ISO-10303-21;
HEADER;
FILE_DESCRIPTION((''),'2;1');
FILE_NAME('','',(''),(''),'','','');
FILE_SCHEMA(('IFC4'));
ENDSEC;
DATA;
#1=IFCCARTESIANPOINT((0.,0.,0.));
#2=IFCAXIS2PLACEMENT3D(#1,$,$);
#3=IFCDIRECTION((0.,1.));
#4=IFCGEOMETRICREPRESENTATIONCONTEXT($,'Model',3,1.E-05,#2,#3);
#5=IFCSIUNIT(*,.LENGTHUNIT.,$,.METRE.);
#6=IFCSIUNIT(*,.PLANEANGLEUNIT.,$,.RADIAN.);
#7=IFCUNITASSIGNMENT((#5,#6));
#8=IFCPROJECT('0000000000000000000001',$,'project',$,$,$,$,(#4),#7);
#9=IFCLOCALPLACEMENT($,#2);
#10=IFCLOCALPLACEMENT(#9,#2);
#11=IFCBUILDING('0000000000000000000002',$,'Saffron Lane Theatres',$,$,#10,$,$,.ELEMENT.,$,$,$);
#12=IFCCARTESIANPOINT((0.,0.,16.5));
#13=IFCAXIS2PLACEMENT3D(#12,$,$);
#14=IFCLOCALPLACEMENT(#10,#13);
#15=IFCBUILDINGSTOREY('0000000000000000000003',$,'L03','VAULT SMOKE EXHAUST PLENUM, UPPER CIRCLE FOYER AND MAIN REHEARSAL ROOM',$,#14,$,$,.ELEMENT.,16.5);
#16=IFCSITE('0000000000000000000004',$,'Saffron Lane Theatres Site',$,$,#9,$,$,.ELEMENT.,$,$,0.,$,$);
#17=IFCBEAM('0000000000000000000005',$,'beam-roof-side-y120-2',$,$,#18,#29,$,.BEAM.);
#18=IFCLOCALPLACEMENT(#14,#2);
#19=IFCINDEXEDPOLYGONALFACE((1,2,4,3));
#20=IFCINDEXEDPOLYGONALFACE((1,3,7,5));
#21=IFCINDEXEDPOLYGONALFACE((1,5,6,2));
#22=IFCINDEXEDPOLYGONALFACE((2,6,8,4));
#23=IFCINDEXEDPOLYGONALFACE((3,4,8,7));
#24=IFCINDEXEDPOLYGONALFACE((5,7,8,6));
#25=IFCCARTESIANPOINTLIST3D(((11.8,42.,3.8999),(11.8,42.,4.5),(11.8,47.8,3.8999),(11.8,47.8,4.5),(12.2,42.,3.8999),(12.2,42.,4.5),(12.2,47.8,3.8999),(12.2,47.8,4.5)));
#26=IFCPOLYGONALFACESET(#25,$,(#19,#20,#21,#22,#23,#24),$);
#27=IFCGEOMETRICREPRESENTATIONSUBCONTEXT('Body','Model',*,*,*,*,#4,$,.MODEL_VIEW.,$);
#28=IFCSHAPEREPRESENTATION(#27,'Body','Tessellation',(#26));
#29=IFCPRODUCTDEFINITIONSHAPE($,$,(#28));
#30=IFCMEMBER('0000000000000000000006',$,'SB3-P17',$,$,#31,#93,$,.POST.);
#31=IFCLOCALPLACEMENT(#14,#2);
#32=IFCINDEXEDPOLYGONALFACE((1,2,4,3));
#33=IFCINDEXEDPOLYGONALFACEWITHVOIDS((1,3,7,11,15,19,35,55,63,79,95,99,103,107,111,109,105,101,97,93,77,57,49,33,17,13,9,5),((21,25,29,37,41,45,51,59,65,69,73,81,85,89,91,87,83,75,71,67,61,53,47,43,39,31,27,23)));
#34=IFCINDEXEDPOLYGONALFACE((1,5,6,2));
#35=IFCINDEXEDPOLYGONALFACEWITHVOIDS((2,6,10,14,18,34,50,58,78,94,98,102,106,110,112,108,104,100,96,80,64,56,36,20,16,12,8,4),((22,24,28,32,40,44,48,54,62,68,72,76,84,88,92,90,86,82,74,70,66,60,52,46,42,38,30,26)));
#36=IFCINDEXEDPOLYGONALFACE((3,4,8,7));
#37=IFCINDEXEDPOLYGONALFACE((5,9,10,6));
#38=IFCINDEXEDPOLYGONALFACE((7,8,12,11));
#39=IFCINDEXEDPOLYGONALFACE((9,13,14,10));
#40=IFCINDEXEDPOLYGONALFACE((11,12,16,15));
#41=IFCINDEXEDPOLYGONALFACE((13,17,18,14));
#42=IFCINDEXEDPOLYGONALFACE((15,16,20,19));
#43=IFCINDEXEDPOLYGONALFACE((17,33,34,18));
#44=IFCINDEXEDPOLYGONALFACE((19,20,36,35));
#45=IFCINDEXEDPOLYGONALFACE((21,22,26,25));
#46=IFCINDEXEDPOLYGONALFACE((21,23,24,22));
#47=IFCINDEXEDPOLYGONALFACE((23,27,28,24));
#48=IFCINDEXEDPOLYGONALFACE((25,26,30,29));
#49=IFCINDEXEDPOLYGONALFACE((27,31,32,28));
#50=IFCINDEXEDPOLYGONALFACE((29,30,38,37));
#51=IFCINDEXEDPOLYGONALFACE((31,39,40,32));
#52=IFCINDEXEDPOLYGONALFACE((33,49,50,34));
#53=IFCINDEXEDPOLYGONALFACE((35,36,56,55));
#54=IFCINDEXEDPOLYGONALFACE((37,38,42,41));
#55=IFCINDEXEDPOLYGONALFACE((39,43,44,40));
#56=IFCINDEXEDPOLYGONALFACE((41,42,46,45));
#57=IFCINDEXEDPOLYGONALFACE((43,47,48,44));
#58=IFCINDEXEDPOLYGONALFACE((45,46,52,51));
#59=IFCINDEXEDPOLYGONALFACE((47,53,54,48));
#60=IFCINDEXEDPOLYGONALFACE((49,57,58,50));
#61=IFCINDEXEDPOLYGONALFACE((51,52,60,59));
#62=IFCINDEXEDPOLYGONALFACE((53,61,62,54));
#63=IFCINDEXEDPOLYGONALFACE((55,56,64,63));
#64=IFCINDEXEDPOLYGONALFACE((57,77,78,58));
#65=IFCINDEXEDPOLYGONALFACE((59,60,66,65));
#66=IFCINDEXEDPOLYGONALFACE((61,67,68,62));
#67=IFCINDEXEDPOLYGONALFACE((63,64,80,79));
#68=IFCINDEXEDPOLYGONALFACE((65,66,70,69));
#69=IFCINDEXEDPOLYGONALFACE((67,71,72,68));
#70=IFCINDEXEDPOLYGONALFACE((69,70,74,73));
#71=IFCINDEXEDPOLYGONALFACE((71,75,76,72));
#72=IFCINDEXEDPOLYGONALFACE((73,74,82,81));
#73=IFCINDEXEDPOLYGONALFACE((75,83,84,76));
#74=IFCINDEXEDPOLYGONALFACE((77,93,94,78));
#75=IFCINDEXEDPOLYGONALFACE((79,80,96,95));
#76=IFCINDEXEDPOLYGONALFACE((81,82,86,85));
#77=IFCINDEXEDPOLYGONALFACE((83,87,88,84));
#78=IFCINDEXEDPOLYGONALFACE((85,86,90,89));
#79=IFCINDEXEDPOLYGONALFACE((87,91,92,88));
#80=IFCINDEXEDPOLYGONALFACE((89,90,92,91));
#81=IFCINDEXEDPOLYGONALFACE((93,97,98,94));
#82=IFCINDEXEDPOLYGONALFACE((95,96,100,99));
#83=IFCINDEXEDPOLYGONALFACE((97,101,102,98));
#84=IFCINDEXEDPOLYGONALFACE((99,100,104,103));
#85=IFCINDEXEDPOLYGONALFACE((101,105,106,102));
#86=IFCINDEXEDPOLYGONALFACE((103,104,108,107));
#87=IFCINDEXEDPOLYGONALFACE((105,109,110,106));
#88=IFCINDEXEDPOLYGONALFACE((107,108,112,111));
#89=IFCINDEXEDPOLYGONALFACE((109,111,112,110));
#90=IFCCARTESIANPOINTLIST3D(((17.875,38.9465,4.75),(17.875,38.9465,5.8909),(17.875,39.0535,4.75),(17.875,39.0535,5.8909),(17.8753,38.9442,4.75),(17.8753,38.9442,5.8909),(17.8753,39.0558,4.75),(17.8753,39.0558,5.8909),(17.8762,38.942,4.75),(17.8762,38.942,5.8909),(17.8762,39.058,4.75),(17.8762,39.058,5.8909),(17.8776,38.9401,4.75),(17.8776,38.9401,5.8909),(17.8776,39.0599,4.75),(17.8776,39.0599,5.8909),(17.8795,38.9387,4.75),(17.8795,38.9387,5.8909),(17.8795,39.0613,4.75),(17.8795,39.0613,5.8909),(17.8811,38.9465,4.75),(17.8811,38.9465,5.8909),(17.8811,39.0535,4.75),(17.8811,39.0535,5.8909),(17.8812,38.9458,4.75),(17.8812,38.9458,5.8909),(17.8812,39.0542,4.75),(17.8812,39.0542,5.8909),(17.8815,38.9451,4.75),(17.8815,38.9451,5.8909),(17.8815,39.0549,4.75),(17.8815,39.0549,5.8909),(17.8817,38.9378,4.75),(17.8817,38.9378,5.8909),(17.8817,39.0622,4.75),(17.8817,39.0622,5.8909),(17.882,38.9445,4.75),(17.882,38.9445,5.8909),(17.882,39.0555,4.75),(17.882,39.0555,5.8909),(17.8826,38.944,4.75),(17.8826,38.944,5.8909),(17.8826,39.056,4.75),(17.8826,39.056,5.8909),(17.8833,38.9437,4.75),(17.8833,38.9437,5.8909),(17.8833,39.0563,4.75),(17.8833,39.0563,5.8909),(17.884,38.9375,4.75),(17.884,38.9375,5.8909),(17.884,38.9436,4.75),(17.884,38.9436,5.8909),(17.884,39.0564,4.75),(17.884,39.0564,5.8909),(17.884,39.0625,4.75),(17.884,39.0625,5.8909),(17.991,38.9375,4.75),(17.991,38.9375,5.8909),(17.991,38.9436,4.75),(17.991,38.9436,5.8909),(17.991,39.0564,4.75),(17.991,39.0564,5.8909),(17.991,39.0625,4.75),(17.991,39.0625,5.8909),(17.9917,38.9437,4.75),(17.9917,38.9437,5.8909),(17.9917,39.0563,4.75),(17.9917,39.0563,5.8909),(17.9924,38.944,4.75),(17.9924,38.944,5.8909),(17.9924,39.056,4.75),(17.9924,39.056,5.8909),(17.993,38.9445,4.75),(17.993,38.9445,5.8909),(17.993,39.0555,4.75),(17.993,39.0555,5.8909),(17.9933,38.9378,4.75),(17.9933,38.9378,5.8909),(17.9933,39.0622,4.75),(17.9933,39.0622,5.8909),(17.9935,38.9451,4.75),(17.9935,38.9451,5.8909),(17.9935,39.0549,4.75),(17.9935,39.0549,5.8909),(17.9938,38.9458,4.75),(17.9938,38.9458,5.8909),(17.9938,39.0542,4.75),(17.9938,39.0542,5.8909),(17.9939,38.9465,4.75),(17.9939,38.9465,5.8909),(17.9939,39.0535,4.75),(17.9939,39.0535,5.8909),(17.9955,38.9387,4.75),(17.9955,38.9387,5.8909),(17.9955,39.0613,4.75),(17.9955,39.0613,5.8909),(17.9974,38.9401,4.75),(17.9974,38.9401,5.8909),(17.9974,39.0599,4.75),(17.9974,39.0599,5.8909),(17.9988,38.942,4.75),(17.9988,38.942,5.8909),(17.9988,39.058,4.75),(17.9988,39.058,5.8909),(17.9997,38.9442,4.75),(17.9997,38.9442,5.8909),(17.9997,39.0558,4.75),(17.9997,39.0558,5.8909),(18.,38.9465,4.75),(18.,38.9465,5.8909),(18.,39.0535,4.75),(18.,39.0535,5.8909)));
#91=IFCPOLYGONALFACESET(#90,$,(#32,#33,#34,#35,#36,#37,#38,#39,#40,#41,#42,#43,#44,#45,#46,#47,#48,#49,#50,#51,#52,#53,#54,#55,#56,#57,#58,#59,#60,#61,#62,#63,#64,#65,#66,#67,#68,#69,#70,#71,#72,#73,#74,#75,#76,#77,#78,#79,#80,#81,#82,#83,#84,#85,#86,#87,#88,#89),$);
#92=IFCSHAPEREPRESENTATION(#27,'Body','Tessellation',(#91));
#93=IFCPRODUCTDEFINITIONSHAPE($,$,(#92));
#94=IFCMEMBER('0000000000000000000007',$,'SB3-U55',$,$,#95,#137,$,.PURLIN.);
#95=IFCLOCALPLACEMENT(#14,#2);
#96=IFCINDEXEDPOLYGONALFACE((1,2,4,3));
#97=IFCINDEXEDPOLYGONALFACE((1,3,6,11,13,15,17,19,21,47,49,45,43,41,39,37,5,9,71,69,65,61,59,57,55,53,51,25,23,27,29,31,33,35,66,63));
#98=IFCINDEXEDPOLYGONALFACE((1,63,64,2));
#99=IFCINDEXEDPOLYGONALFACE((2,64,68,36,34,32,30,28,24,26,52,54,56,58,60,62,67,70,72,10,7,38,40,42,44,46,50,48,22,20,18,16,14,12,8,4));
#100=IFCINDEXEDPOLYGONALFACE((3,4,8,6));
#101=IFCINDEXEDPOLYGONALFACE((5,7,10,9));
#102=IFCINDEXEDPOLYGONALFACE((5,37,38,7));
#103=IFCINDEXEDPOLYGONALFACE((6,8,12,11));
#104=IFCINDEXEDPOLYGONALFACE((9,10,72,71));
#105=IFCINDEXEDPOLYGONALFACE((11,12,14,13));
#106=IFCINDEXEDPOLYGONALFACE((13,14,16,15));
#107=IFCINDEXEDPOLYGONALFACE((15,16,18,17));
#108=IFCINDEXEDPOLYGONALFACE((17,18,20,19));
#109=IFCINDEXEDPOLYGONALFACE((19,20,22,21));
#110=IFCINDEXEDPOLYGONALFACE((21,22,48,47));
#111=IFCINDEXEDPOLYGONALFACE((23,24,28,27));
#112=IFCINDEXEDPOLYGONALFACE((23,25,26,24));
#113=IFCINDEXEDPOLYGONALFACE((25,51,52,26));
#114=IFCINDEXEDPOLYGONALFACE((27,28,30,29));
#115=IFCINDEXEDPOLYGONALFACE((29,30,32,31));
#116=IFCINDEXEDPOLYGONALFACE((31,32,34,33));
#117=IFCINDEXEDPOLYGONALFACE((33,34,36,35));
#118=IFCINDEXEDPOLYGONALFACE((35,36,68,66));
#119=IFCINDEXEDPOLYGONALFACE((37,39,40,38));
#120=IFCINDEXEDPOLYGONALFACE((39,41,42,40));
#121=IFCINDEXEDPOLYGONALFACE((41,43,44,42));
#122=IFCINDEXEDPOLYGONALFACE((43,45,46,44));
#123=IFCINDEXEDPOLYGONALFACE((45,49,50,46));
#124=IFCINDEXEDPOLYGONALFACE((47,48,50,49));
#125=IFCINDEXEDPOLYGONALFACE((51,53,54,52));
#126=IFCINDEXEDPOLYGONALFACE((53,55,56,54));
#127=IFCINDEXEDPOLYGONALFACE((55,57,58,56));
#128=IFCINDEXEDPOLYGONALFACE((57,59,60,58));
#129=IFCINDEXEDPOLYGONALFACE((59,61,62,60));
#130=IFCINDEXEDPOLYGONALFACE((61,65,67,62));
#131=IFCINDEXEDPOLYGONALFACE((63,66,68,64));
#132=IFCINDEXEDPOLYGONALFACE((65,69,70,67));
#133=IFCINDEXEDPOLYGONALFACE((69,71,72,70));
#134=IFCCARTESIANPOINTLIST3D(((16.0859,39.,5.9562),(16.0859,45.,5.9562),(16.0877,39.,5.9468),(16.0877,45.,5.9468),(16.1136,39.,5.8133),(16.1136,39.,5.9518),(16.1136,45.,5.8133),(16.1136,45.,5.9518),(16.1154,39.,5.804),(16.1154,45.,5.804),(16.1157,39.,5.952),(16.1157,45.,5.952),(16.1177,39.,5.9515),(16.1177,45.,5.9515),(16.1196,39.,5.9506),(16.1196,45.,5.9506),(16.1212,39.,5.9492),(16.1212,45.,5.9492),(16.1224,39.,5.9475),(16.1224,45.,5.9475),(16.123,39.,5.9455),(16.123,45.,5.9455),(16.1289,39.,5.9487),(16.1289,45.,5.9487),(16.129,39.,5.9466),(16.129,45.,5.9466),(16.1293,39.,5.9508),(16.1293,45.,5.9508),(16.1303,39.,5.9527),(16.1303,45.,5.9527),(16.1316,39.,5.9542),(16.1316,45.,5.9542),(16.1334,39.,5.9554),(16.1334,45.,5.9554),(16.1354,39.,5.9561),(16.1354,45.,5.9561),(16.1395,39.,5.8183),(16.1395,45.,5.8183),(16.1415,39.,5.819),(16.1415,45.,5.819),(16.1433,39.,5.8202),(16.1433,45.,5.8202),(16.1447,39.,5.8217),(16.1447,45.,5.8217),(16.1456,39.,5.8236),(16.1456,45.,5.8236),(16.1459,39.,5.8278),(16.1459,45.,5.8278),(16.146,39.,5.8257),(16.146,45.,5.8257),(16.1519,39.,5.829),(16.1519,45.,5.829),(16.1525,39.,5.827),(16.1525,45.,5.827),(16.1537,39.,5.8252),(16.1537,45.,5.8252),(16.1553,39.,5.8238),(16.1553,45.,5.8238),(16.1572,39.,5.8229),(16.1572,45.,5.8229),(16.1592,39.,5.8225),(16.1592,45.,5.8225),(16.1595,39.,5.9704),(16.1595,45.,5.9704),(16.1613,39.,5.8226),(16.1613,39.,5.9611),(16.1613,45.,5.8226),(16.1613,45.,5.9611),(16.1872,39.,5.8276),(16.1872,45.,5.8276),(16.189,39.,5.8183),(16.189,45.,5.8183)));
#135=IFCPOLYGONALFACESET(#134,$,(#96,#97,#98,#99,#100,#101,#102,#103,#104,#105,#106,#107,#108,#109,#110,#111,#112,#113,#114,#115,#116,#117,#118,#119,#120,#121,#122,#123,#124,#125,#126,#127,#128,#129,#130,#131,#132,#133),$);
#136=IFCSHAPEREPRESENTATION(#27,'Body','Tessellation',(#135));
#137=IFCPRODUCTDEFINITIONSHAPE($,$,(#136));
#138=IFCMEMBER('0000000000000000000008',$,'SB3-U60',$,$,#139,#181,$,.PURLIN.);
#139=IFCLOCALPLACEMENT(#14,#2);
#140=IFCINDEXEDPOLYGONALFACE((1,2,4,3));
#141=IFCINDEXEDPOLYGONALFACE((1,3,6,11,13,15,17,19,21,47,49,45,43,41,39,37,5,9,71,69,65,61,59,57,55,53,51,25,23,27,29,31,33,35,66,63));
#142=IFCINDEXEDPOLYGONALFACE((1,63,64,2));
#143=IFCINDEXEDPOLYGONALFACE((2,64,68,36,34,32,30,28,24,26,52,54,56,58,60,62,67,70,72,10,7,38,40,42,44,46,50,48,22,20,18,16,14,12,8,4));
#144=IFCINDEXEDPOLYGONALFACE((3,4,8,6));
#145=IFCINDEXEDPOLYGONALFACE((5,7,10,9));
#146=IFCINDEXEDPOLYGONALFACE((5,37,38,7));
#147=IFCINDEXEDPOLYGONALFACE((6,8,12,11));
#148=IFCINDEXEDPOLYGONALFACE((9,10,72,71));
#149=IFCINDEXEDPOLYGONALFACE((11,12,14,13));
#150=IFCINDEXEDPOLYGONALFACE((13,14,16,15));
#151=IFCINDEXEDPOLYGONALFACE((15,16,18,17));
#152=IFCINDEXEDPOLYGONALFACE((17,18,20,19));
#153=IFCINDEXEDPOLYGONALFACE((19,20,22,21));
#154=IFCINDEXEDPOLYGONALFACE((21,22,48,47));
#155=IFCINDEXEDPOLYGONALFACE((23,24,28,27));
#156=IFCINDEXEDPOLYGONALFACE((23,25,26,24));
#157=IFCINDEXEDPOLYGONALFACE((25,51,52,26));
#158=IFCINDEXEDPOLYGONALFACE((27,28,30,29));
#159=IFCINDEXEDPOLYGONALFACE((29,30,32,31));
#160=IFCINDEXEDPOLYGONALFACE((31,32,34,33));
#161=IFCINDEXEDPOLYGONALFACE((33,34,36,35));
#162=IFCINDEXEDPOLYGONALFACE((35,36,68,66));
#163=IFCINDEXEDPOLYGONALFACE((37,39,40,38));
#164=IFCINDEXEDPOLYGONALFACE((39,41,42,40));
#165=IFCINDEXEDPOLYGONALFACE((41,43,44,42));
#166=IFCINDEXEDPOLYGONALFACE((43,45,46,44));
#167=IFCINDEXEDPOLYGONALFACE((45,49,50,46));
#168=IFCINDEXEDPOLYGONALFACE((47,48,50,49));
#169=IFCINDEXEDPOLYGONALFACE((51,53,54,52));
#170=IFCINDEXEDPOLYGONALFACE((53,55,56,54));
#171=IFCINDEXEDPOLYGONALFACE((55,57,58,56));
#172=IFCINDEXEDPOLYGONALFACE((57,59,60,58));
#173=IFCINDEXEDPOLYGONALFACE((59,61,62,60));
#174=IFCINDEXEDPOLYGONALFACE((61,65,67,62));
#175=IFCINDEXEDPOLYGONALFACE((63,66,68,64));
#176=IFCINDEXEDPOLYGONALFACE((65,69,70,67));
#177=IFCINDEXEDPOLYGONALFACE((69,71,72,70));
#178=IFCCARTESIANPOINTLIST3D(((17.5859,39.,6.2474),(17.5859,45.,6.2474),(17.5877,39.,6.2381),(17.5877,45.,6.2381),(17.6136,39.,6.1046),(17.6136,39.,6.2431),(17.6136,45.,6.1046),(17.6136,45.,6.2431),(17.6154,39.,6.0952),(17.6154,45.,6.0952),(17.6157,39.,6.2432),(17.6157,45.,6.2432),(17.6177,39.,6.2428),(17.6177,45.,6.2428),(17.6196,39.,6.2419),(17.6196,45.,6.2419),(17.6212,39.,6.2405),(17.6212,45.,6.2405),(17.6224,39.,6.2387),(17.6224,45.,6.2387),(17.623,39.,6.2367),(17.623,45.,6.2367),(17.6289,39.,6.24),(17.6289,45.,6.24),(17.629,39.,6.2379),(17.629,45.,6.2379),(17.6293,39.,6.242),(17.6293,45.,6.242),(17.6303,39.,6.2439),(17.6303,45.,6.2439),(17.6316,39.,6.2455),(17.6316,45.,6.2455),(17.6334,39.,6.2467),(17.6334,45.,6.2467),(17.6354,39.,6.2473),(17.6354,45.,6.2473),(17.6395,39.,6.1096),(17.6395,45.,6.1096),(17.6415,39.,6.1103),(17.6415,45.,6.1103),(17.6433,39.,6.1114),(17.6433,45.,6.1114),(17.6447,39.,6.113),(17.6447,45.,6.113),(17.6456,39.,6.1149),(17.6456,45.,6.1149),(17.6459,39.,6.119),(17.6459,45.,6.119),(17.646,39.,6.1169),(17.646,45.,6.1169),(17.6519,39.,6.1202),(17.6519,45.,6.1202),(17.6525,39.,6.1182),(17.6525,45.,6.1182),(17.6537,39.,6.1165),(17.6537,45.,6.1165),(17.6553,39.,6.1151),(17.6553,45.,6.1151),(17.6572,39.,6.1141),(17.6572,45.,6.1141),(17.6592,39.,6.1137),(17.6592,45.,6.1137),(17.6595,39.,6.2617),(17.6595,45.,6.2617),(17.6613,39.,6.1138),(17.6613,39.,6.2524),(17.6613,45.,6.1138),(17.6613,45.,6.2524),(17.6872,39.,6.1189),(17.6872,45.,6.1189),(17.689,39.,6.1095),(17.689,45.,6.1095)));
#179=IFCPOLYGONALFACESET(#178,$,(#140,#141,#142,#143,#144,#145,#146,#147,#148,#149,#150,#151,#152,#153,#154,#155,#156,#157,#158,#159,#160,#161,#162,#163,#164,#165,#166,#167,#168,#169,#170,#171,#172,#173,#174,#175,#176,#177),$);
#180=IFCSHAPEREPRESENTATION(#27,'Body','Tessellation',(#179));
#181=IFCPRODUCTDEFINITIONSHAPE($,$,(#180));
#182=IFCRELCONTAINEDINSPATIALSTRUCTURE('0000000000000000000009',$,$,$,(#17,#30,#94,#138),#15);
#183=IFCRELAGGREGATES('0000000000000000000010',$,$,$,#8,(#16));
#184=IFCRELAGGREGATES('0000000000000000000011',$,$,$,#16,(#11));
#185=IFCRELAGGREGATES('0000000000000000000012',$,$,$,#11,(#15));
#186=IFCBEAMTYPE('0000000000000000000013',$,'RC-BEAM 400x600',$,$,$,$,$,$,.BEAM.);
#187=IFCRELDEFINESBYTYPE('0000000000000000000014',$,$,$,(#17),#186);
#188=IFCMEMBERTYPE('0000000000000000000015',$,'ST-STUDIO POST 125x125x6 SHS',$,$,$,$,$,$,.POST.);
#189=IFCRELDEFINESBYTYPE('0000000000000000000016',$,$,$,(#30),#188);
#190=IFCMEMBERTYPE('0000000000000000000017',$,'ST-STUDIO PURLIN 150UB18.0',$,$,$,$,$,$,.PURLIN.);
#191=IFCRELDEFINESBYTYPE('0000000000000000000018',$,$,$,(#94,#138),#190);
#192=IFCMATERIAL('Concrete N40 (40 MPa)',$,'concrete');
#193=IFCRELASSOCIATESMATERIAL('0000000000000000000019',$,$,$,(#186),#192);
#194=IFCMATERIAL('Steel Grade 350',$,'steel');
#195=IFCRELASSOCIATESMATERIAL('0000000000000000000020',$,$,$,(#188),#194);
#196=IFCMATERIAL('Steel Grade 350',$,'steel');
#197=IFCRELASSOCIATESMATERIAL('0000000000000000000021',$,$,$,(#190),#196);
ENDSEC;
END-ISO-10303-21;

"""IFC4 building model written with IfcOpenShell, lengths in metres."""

from ifc_helpers import new_model, si_unit, direction, frame, origin, origin_2d, place, context, subcontext, project, spatial, rectangle, hollow_rectangle, i_section, extrude, material, material_profile, profile_set, type_object, element, save


model = new_model("IFC4")

# Units and contexts
model_context = context("Model", 3, precision=1e-05, world=origin(), true_north=direction((0.0, 1.0)))
body_context = subcontext(model_context, "Body", "Model", "MODEL_VIEW")
ifc_project = project(units=[si_unit("LENGTHUNIT", "METRE"), si_unit("PLANEANGLEUNIT", "RADIAN")], contexts=[model_context])

# Site, building, storey
site_placement = place(None, origin())
site = spatial("IfcSite", under=ifc_project, at=site_placement, Name="Saffron Lane Theatres Site", CompositionType="ELEMENT", RefElevation=0.0)
building_placement = place(site_placement, origin())
building = spatial("IfcBuilding", under=site, at=building_placement, Name="Saffron Lane Theatres", CompositionType="ELEMENT")
storey_placement = place(building_placement, frame((0.0, 0.0, 16.5)))
storey = spatial("IfcBuildingStorey", under=building, at=storey_placement, Name="L03", Description="VAULT SMOKE EXHAUST PLENUM, UPPER CIRCLE FOYER AND MAIN REHEARSAL ROOM", CompositionType="ELEMENT", Elevation=16.5)

# Beam
ifc_material_1 = material(Name="Concrete N40 (40 MPa)", Category="concrete")
ifc_material_profile_1 = material_profile(ifc_material_1, rectangle(XDim=0.3999, YDim=0.6001, at=origin_2d()))
ifc_profile_set_1 = profile_set([ifc_material_profile_1], Name="Concrete N40 (40 MPa)")
beam_type = type_object("IfcBeamType", Name="RC-BEAM 400x600", PredefinedType="BEAM", material=ifc_profile_set_1)
beam_placement = place(storey_placement, frame((12.0, 42.0, 4.2), z_axis=(0.0, 1.0, 0.0), x_axis=(-1.0, 0.0, 0.0)))
element("IfcBeam", 1, at=beam_placement, inside=storey, type_object=beam_type, Name="beam-roof-side-y120-2", PredefinedType="BEAM", context=body_context, shape_type="SweptSolid", body=[
    extrude(rectangle(XDim=0.3999, YDim=0.6001, at=origin_2d()), origin(), (0.0, 0.0, 1.0), 5.8),
])

# Members
ifc_material_2 = material(Name="Steel Grade 350", Category="steel")
ifc_material_profile_2 = material_profile(ifc_material_2, hollow_rectangle(XDim=0.125, YDim=0.125, WallThickness=0.0061, InnerFilletRadius=0.0029, OuterFilletRadius=0.009, at=origin_2d()))
ifc_profile_set_2 = profile_set([ifc_material_profile_2], Name="Steel Grade 350")
member_type_1 = type_object("IfcMemberType", Name="ST-STUDIO POST 125x125x6 SHS", PredefinedType="POST", material=ifc_profile_set_2)
member_1_placement = place(storey_placement, frame((17.9375, 39.0, 4.75), z_axis=(0.0, 0.0, 1.0), x_axis=(1.0, 0.0, 0.0)))
element("IfcMember", 2, at=member_1_placement, inside=storey, type_object=member_type_1, Name="SB3-P17", PredefinedType="POST", context=body_context, shape_type="SweptSolid", body=[
    extrude(hollow_rectangle(XDim=0.125, YDim=0.125, WallThickness=0.0061, InnerFilletRadius=0.0029, OuterFilletRadius=0.009, at=origin_2d()), origin(), (0.0, 0.0, 1.0), 1.1409),
])
ifc_material_3 = material(Name="Steel Grade 350", Category="steel")
ifc_material_profile_3 = material_profile(ifc_material_3, i_section(OverallWidth=0.075, OverallDepth=0.155, WebThickness=0.0061, FlangeThickness=0.0095, FilletRadius=0.0081, at=origin_2d()))
ifc_profile_set_3 = profile_set([ifc_material_profile_3], Name="Steel Grade 350")
member_type_2 = type_object("IfcMemberType", Name="ST-STUDIO PURLIN 150UB18.0", PredefinedType="PURLIN", material=ifc_profile_set_3)
for number, where, z_axis, x_axis, name in (
    (3, (16.1375, 39.0, 5.8872), (0.0, 1.0, 0.0), (-0.981661, 0.0, -0.190637), "SB3-U55"),
    (4, (17.6375, 39.0, 6.1785), (0.0, 1.0, 0.0), (-0.981661, 0.0, -0.190637), "SB3-U60"),
):
    element("IfcMember", number, at=place(storey_placement, frame(where, z_axis=z_axis, x_axis=x_axis)), inside=storey, type_object=member_type_2, Name=name, PredefinedType="PURLIN", context=body_context, shape_type="SweptSolid", body=[
        extrude(i_section(OverallWidth=0.075, OverallDepth=0.155, WebThickness=0.0061, FlangeThickness=0.0095, FilletRadius=0.0081, at=origin_2d()), origin(), (0.0, 0.0, 1.0), 6.0),
    ])

save(model, "model.ifc")
